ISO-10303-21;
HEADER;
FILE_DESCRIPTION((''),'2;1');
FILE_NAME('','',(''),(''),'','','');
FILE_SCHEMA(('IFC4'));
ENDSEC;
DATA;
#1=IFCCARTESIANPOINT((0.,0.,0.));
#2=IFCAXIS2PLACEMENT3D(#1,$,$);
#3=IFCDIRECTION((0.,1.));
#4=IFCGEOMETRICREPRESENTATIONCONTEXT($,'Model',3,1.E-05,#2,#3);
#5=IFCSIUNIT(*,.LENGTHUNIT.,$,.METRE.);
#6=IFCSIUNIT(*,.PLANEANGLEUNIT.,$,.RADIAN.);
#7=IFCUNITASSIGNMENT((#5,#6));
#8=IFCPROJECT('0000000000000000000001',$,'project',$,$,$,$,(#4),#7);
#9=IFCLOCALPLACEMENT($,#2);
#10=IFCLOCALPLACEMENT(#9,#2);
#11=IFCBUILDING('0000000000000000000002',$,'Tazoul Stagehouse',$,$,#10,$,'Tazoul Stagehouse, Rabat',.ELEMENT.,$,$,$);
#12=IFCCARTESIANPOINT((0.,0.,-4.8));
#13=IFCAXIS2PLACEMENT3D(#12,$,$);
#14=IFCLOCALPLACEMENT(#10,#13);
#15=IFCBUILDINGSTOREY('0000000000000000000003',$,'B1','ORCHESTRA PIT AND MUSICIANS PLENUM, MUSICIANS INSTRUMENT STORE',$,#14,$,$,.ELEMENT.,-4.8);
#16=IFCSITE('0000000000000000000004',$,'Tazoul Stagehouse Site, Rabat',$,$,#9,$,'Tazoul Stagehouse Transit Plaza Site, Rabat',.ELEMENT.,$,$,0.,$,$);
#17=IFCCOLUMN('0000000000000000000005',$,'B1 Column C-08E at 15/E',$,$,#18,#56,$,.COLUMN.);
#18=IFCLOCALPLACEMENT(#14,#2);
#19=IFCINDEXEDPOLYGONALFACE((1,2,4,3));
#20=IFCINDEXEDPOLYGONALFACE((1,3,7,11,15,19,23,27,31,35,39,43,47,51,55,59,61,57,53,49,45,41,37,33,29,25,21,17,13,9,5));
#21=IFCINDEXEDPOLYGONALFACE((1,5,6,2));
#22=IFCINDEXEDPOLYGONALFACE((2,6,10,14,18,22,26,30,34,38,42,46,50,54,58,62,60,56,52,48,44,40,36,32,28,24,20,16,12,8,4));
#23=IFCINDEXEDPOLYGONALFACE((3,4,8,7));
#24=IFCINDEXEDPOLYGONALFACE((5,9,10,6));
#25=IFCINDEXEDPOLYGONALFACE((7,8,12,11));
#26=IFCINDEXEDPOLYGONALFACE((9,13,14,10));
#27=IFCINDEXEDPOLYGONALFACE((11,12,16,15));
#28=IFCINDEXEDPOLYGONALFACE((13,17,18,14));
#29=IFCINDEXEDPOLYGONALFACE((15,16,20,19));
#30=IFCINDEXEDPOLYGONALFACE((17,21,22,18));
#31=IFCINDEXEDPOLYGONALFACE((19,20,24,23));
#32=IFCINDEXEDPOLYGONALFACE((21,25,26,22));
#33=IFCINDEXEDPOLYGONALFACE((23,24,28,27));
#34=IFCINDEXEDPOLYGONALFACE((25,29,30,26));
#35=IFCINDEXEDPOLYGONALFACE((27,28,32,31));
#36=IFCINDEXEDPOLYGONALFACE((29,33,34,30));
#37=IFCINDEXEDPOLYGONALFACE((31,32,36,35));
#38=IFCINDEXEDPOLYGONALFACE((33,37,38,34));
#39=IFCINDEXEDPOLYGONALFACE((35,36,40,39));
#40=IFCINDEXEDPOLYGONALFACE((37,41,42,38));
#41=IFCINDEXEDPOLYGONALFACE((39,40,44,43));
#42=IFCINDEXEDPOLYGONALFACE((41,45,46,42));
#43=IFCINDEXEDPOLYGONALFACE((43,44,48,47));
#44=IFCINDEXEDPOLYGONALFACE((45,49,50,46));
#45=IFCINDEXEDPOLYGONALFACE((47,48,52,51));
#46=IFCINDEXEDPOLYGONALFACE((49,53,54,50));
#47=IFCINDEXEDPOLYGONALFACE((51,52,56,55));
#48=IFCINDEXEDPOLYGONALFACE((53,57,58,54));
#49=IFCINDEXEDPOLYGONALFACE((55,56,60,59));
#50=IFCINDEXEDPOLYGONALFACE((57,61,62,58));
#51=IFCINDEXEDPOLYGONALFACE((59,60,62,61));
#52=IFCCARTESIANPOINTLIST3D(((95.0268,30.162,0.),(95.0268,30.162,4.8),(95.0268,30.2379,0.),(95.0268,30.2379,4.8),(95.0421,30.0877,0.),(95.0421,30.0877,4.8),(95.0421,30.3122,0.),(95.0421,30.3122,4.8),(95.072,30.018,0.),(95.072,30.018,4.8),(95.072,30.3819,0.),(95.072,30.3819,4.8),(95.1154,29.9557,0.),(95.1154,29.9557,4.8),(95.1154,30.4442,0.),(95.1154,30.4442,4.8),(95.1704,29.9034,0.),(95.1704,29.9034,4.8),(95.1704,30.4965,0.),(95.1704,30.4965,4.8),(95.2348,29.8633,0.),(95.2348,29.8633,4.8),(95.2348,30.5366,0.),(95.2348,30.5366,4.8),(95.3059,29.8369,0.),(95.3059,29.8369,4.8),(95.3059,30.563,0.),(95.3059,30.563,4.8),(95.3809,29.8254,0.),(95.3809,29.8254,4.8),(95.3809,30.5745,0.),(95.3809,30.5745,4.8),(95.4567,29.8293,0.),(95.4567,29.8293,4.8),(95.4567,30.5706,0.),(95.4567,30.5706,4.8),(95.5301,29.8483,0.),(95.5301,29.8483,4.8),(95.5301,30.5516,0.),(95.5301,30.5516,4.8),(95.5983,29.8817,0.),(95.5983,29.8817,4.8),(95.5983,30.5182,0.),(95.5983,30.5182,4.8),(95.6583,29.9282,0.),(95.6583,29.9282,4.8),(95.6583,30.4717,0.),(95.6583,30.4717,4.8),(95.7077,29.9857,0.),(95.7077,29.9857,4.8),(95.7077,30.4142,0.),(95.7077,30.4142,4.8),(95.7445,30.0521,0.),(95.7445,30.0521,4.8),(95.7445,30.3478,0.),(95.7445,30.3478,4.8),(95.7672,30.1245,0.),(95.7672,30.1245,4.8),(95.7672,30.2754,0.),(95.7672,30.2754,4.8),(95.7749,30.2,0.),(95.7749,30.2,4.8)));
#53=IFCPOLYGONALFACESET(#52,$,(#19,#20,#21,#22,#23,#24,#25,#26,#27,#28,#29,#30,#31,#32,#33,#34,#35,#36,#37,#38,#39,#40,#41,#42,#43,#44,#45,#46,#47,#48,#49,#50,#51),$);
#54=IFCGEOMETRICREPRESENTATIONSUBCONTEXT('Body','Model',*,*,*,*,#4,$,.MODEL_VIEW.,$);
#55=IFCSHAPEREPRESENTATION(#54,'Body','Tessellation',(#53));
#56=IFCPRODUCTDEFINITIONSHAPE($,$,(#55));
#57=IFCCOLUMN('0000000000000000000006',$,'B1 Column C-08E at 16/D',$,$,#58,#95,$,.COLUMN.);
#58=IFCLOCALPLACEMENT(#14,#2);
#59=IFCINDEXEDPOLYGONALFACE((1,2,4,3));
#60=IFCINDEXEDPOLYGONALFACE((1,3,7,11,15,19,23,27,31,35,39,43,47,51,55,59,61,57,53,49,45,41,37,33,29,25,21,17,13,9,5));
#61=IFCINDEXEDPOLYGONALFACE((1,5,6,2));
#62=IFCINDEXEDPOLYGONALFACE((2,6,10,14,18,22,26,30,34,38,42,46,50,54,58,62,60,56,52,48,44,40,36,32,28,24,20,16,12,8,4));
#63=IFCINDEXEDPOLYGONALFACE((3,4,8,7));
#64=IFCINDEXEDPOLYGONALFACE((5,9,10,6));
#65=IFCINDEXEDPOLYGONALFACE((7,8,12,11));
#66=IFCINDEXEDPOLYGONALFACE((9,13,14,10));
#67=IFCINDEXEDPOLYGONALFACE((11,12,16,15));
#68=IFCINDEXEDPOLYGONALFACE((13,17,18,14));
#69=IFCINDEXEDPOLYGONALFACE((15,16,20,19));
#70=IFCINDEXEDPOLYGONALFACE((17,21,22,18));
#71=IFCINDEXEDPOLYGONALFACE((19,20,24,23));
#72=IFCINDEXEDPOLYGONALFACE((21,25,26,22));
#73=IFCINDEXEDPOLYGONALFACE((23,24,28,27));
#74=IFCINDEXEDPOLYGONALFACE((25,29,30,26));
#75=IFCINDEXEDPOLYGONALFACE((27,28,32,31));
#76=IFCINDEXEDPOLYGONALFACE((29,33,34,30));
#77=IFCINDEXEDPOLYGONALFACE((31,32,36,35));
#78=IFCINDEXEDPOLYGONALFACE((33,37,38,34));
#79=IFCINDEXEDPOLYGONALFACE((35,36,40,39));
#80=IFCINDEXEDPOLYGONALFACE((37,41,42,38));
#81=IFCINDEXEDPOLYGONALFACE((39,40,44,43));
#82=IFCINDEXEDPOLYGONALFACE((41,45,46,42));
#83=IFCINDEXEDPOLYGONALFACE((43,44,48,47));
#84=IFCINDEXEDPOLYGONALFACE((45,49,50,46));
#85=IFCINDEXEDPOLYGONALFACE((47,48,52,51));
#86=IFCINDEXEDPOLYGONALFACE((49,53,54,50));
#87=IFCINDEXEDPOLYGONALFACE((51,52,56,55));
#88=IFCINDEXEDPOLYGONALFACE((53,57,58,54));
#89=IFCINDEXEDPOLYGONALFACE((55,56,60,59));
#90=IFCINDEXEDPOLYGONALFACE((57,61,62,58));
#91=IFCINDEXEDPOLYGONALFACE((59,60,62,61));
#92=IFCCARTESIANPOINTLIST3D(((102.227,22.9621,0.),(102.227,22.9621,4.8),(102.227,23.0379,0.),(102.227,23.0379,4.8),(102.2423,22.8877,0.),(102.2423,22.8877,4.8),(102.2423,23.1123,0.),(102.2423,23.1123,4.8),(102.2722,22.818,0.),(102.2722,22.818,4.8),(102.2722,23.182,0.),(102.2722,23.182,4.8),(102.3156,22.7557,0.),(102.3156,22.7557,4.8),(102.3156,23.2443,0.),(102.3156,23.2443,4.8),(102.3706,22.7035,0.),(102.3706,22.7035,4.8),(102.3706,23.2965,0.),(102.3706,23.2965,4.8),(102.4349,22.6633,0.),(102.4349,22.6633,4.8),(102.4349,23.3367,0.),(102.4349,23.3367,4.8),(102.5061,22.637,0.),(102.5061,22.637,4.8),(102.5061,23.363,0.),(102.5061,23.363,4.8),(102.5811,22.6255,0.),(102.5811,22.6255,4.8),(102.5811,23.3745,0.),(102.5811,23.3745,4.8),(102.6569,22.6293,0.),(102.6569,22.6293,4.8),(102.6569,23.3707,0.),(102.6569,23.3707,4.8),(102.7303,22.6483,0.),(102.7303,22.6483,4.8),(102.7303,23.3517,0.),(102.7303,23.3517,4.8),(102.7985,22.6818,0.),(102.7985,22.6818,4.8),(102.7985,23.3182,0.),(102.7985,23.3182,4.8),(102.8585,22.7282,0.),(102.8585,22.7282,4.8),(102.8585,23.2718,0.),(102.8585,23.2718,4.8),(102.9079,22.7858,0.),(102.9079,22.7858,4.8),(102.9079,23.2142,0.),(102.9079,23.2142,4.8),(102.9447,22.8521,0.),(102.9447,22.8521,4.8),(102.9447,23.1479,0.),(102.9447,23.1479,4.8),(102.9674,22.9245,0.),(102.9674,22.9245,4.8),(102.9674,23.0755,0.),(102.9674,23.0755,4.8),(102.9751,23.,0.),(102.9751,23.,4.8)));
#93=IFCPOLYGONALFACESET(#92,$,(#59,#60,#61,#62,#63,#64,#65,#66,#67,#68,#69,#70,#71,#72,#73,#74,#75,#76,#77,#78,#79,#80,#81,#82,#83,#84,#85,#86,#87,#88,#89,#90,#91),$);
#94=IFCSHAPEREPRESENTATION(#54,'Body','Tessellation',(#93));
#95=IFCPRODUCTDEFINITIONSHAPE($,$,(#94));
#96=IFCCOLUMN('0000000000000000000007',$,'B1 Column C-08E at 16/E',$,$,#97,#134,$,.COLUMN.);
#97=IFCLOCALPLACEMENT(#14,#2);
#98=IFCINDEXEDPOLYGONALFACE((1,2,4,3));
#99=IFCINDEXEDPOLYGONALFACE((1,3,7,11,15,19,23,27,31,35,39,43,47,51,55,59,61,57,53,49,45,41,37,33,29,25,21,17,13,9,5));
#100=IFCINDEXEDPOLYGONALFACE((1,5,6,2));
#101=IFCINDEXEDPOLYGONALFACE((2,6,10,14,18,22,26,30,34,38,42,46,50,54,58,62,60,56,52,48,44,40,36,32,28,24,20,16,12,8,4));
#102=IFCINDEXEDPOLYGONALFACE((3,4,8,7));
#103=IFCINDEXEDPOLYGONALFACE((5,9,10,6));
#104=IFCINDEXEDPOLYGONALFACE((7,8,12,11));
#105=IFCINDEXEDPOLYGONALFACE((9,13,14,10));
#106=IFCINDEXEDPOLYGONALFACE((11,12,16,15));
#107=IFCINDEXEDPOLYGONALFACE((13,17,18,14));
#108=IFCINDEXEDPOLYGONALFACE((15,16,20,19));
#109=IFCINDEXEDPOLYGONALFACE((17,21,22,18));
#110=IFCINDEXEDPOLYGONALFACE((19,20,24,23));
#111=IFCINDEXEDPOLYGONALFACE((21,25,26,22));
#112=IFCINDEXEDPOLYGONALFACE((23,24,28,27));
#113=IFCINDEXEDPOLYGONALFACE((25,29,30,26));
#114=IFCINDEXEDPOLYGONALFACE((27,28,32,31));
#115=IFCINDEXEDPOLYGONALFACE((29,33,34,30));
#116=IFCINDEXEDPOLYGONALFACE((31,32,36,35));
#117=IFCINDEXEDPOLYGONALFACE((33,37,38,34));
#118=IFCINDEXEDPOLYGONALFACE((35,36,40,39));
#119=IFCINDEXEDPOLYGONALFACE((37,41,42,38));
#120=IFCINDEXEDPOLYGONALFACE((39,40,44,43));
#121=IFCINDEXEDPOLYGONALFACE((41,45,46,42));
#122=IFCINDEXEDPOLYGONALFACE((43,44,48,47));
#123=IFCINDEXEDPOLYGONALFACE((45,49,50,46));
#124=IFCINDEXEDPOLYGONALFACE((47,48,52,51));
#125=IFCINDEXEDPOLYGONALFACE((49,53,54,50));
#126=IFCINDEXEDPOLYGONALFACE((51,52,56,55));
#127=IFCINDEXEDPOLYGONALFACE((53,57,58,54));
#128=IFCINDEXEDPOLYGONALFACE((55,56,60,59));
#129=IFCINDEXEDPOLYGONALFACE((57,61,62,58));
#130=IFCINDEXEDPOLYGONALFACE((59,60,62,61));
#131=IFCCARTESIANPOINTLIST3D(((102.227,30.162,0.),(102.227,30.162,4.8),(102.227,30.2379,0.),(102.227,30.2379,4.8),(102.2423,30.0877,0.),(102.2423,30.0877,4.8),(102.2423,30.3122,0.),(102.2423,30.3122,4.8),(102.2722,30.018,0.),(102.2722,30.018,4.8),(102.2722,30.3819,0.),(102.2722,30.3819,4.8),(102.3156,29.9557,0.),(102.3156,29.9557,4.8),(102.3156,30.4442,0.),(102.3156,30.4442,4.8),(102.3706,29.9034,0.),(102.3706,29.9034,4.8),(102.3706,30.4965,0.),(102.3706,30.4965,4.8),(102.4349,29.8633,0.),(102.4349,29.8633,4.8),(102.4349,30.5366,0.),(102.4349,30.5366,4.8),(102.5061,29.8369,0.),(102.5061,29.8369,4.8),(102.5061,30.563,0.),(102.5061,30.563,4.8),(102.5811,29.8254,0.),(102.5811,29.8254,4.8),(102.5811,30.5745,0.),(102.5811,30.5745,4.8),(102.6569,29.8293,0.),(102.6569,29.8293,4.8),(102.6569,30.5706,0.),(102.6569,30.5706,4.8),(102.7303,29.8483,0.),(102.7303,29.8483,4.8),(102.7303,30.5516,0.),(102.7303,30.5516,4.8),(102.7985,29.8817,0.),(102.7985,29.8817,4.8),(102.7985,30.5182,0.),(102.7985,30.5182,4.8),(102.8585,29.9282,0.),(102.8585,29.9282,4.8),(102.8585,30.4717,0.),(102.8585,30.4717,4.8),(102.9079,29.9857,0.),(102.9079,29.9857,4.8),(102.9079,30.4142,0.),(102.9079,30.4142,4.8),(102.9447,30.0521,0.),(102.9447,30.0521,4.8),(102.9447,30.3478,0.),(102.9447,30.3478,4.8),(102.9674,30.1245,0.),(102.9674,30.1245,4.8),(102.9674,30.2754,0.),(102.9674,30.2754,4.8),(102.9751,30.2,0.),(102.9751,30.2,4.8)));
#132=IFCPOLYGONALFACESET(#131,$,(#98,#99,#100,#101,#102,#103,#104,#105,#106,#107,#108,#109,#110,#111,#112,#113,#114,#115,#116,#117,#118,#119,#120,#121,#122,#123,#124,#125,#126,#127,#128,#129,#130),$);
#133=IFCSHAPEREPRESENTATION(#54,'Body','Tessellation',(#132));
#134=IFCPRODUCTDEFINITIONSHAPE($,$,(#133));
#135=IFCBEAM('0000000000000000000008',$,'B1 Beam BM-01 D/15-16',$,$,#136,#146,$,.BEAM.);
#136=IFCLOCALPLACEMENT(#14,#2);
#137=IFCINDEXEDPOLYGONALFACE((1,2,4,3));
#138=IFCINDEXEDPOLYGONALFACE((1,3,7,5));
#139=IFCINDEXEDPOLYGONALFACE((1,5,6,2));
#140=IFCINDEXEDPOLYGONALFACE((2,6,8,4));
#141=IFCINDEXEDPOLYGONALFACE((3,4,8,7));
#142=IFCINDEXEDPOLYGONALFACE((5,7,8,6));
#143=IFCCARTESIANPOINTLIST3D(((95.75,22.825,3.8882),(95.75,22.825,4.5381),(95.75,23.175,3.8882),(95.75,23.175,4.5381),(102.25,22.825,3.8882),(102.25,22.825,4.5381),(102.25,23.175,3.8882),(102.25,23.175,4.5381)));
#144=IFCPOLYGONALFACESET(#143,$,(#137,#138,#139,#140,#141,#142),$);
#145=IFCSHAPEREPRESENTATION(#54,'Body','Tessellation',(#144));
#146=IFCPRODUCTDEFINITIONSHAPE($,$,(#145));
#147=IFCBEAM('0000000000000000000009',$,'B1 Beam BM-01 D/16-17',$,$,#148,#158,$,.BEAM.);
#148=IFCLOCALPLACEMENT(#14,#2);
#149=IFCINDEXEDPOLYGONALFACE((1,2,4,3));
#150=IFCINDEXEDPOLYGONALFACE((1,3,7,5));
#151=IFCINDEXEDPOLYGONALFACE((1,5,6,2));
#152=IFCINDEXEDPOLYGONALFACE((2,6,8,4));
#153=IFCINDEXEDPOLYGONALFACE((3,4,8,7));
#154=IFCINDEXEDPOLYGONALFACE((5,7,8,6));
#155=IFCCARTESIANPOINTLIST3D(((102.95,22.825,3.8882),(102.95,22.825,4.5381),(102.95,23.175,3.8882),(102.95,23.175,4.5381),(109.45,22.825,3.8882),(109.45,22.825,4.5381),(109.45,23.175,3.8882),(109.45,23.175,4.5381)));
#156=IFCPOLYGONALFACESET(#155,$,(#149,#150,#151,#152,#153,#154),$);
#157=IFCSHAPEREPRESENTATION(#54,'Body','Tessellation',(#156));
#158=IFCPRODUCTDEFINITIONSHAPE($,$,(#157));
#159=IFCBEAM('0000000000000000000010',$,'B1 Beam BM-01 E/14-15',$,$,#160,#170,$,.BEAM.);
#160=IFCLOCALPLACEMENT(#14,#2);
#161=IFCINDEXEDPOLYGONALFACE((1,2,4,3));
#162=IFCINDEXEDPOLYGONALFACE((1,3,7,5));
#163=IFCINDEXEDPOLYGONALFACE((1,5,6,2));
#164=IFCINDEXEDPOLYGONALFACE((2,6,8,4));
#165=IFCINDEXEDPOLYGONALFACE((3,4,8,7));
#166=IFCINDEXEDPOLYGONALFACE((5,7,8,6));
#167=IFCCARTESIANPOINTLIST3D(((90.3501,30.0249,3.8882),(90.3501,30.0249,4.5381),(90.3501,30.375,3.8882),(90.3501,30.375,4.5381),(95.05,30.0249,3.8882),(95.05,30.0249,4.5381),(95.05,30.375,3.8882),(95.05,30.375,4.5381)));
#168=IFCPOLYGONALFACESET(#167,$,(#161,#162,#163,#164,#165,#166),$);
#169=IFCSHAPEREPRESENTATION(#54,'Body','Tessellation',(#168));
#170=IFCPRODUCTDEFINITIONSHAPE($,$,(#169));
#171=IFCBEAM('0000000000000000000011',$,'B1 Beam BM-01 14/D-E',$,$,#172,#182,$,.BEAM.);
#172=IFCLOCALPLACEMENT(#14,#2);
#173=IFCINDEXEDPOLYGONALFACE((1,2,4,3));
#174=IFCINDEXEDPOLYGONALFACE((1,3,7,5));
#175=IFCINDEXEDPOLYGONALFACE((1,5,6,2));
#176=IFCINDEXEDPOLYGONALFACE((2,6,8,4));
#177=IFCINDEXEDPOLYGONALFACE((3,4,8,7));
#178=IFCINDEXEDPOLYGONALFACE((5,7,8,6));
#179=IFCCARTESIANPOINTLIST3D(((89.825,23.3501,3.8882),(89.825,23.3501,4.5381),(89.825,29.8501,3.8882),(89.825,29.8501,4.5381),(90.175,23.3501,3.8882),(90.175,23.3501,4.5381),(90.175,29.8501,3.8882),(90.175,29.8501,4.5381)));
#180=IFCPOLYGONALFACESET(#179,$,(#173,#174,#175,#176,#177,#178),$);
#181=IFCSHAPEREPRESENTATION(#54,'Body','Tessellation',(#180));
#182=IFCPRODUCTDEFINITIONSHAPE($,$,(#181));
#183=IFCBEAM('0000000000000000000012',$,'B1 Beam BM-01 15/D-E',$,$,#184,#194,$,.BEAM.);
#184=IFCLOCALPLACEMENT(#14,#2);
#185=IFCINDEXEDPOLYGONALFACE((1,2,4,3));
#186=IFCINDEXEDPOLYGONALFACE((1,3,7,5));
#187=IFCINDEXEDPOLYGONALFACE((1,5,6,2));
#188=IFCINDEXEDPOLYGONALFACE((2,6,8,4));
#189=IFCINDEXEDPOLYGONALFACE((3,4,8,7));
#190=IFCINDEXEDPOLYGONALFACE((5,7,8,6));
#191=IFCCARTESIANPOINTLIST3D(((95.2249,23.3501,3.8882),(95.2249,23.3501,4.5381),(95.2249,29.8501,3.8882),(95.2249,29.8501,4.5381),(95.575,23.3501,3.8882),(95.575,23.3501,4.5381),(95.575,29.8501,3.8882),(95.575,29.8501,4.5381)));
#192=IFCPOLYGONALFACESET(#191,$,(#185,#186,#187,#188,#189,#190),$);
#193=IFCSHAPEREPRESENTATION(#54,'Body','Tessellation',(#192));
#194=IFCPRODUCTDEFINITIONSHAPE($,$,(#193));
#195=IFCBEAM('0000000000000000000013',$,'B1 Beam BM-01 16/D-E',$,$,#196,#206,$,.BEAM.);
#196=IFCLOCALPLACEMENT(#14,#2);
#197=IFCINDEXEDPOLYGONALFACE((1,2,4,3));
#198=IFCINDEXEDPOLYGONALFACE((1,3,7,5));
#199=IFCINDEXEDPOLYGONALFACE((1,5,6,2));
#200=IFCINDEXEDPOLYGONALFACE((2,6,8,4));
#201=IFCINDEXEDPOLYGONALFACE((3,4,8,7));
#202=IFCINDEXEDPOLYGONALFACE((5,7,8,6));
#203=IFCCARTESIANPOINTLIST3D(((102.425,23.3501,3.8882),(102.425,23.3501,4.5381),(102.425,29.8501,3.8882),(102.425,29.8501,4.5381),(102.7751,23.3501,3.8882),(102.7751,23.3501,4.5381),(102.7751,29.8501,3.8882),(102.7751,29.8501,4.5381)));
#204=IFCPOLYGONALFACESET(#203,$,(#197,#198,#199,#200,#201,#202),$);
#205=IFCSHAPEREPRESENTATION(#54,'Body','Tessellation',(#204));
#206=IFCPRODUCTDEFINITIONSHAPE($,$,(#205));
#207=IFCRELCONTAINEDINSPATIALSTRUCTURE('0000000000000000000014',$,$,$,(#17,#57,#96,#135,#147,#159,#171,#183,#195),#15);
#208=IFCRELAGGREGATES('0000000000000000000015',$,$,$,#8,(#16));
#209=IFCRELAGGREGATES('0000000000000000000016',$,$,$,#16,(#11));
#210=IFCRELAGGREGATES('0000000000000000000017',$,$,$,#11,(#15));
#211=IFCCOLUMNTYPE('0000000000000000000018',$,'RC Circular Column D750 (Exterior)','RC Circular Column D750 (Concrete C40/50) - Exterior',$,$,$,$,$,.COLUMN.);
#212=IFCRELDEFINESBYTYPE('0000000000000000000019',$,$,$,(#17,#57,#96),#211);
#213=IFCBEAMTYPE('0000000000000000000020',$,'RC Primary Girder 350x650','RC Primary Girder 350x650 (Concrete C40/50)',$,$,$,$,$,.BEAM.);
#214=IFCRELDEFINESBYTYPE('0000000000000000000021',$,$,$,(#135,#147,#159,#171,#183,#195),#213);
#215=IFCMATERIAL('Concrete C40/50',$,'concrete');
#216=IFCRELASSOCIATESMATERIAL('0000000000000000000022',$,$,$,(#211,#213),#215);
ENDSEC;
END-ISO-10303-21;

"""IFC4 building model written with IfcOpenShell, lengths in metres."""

from ifc_helpers import new_model, si_unit, direction, frame, origin, origin_2d, place, context, subcontext, project, spatial, rectangle, circle, extrude, material, material_profile, profile_set, type_object, element, save


model = new_model("IFC4")

# Units and contexts
model_context = context("Model", 3, precision=1e-05, world=origin(), true_north=direction((0.0, 1.0)))
body_context = subcontext(model_context, "Body", "Model", "MODEL_VIEW")
ifc_project = project(units=[si_unit("LENGTHUNIT", "METRE"), si_unit("PLANEANGLEUNIT", "RADIAN")], contexts=[model_context])

# Site, building, storey
site_placement = place(None, origin())
site = spatial("IfcSite", under=ifc_project, at=site_placement, Name="Tazoul Stagehouse Site, Rabat", LongName="Tazoul Stagehouse Transit Plaza Site, Rabat", CompositionType="ELEMENT", RefElevation=0.0)
building_placement = place(site_placement, origin())
building = spatial("IfcBuilding", under=site, at=building_placement, Name="Tazoul Stagehouse", LongName="Tazoul Stagehouse, Rabat", CompositionType="ELEMENT")
storey_placement = place(building_placement, frame((0.0, 0.0, -4.8)))
storey = spatial("IfcBuildingStorey", under=building, at=storey_placement, Name="B1", Description="ORCHESTRA PIT AND MUSICIANS PLENUM, MUSICIANS INSTRUMENT STORE", CompositionType="ELEMENT", Elevation=-4.8)

# Columns
ifc_material_1 = material(Name="Concrete C40/50", Category="concrete")
ifc_material_profile_1 = material_profile(ifc_material_1, circle(Radius=0.375, at=origin_2d()), Name="RC D750")
ifc_profile_set_1 = profile_set([ifc_material_profile_1], Name="Concrete C40/50")
column_type_1 = type_object("IfcColumnType", Name="RC Circular Column D750 (Exterior)", Description="RC Circular Column D750 (Concrete C40/50) - Exterior", PredefinedType="COLUMN", material=ifc_profile_set_1)
for number, where, z_axis, x_axis, name in (
    (1, (95.3999, 30.2, 0.0), (0.0, 0.0, 1.0), (1.0, 0.0, 0.0), "B1 Column C-08E at 15/E"),
    (2, (102.6001, 23.0, 0.0), (0.0, 0.0, 1.0), (1.0, 0.0, 0.0), "B1 Column C-08E at 16/D"),
    (3, (102.6001, 30.2, 0.0), (0.0, 0.0, 1.0), (1.0, 0.0, 0.0), "B1 Column C-08E at 16/E"),
):
    element("IfcColumn", number, at=place(storey_placement, frame(where, z_axis=z_axis, x_axis=x_axis)), inside=storey, type_object=column_type_1, Name=name, PredefinedType="COLUMN", context=body_context, shape_type="SweptSolid", body=[
        extrude(circle(Radius=0.375, at=origin_2d()), origin(), (0.0, 0.0, 1.0), 4.8),
    ])

# Beams
ifc_material_profile_2 = material_profile(ifc_material_1, rectangle(XDim=0.3501, YDim=0.6499, at=origin_2d()), Name="RC 350x650")
ifc_profile_set_2 = profile_set([ifc_material_profile_2], Name="Concrete C40/50")
beam_type_1 = type_object("IfcBeamType", Name="RC Primary Girder 350x650", Description="RC Primary Girder 350x650 (Concrete C40/50)", PredefinedType="BEAM", material=ifc_profile_set_2)
for number, where, z_axis, x_axis, name in (
    (4, (95.75, 23.0, 4.2131), (1.0, 0.0, 0.0), (0.0, 1.0, 0.0), "B1 Beam BM-01 D/15-16"),
    (5, (102.95, 23.0, 4.2131), (1.0, 0.0, 0.0), (0.0, 1.0, 0.0), "B1 Beam BM-01 D/16-17"),
):
    element("IfcBeam", number, at=place(storey_placement, frame(where, z_axis=z_axis, x_axis=x_axis)), inside=storey, type_object=beam_type_1, Name=name, PredefinedType="BEAM", context=body_context, shape_type="SweptSolid", body=[
        extrude(rectangle(XDim=0.3501, YDim=0.6499, at=origin_2d()), origin(), (0.0, 0.0, 1.0), 6.5),
    ])
beam_placement = place(storey_placement, frame((90.3501, 30.2, 4.2131), z_axis=(1.0, 0.0, 0.0), x_axis=(0.0, 1.0, 0.0)))
element("IfcBeam", 6, at=beam_placement, inside=storey, type_object=beam_type_1, Name="B1 Beam BM-01 E/14-15", PredefinedType="BEAM", context=body_context, shape_type="SweptSolid", body=[
    extrude(rectangle(XDim=0.3501, YDim=0.6499, at=origin_2d()), origin(), (0.0, 0.0, 1.0), 4.7),
])
for number, where, z_axis, x_axis, name in (
    (7, (90.0, 23.3501, 4.2131), (0.0, 1.0, 0.0), (-1.0, 0.0, 0.0), "B1 Beam BM-01 14/D-E"),
    (8, (95.3999, 23.3501, 4.2131), (0.0, 1.0, 0.0), (-1.0, 0.0, 0.0), "B1 Beam BM-01 15/D-E"),
    (9, (102.6001, 23.3501, 4.2131), (0.0, 1.0, 0.0), (-1.0, 0.0, 0.0), "B1 Beam BM-01 16/D-E"),
):
    element("IfcBeam", number, at=place(storey_placement, frame(where, z_axis=z_axis, x_axis=x_axis)), inside=storey, type_object=beam_type_1, Name=name, PredefinedType="BEAM", context=body_context, shape_type="SweptSolid", body=[
        extrude(rectangle(XDim=0.3501, YDim=0.6499, at=origin_2d()), origin(), (0.0, 0.0, 1.0), 6.5),
    ])

save(model, "model.ifc")
